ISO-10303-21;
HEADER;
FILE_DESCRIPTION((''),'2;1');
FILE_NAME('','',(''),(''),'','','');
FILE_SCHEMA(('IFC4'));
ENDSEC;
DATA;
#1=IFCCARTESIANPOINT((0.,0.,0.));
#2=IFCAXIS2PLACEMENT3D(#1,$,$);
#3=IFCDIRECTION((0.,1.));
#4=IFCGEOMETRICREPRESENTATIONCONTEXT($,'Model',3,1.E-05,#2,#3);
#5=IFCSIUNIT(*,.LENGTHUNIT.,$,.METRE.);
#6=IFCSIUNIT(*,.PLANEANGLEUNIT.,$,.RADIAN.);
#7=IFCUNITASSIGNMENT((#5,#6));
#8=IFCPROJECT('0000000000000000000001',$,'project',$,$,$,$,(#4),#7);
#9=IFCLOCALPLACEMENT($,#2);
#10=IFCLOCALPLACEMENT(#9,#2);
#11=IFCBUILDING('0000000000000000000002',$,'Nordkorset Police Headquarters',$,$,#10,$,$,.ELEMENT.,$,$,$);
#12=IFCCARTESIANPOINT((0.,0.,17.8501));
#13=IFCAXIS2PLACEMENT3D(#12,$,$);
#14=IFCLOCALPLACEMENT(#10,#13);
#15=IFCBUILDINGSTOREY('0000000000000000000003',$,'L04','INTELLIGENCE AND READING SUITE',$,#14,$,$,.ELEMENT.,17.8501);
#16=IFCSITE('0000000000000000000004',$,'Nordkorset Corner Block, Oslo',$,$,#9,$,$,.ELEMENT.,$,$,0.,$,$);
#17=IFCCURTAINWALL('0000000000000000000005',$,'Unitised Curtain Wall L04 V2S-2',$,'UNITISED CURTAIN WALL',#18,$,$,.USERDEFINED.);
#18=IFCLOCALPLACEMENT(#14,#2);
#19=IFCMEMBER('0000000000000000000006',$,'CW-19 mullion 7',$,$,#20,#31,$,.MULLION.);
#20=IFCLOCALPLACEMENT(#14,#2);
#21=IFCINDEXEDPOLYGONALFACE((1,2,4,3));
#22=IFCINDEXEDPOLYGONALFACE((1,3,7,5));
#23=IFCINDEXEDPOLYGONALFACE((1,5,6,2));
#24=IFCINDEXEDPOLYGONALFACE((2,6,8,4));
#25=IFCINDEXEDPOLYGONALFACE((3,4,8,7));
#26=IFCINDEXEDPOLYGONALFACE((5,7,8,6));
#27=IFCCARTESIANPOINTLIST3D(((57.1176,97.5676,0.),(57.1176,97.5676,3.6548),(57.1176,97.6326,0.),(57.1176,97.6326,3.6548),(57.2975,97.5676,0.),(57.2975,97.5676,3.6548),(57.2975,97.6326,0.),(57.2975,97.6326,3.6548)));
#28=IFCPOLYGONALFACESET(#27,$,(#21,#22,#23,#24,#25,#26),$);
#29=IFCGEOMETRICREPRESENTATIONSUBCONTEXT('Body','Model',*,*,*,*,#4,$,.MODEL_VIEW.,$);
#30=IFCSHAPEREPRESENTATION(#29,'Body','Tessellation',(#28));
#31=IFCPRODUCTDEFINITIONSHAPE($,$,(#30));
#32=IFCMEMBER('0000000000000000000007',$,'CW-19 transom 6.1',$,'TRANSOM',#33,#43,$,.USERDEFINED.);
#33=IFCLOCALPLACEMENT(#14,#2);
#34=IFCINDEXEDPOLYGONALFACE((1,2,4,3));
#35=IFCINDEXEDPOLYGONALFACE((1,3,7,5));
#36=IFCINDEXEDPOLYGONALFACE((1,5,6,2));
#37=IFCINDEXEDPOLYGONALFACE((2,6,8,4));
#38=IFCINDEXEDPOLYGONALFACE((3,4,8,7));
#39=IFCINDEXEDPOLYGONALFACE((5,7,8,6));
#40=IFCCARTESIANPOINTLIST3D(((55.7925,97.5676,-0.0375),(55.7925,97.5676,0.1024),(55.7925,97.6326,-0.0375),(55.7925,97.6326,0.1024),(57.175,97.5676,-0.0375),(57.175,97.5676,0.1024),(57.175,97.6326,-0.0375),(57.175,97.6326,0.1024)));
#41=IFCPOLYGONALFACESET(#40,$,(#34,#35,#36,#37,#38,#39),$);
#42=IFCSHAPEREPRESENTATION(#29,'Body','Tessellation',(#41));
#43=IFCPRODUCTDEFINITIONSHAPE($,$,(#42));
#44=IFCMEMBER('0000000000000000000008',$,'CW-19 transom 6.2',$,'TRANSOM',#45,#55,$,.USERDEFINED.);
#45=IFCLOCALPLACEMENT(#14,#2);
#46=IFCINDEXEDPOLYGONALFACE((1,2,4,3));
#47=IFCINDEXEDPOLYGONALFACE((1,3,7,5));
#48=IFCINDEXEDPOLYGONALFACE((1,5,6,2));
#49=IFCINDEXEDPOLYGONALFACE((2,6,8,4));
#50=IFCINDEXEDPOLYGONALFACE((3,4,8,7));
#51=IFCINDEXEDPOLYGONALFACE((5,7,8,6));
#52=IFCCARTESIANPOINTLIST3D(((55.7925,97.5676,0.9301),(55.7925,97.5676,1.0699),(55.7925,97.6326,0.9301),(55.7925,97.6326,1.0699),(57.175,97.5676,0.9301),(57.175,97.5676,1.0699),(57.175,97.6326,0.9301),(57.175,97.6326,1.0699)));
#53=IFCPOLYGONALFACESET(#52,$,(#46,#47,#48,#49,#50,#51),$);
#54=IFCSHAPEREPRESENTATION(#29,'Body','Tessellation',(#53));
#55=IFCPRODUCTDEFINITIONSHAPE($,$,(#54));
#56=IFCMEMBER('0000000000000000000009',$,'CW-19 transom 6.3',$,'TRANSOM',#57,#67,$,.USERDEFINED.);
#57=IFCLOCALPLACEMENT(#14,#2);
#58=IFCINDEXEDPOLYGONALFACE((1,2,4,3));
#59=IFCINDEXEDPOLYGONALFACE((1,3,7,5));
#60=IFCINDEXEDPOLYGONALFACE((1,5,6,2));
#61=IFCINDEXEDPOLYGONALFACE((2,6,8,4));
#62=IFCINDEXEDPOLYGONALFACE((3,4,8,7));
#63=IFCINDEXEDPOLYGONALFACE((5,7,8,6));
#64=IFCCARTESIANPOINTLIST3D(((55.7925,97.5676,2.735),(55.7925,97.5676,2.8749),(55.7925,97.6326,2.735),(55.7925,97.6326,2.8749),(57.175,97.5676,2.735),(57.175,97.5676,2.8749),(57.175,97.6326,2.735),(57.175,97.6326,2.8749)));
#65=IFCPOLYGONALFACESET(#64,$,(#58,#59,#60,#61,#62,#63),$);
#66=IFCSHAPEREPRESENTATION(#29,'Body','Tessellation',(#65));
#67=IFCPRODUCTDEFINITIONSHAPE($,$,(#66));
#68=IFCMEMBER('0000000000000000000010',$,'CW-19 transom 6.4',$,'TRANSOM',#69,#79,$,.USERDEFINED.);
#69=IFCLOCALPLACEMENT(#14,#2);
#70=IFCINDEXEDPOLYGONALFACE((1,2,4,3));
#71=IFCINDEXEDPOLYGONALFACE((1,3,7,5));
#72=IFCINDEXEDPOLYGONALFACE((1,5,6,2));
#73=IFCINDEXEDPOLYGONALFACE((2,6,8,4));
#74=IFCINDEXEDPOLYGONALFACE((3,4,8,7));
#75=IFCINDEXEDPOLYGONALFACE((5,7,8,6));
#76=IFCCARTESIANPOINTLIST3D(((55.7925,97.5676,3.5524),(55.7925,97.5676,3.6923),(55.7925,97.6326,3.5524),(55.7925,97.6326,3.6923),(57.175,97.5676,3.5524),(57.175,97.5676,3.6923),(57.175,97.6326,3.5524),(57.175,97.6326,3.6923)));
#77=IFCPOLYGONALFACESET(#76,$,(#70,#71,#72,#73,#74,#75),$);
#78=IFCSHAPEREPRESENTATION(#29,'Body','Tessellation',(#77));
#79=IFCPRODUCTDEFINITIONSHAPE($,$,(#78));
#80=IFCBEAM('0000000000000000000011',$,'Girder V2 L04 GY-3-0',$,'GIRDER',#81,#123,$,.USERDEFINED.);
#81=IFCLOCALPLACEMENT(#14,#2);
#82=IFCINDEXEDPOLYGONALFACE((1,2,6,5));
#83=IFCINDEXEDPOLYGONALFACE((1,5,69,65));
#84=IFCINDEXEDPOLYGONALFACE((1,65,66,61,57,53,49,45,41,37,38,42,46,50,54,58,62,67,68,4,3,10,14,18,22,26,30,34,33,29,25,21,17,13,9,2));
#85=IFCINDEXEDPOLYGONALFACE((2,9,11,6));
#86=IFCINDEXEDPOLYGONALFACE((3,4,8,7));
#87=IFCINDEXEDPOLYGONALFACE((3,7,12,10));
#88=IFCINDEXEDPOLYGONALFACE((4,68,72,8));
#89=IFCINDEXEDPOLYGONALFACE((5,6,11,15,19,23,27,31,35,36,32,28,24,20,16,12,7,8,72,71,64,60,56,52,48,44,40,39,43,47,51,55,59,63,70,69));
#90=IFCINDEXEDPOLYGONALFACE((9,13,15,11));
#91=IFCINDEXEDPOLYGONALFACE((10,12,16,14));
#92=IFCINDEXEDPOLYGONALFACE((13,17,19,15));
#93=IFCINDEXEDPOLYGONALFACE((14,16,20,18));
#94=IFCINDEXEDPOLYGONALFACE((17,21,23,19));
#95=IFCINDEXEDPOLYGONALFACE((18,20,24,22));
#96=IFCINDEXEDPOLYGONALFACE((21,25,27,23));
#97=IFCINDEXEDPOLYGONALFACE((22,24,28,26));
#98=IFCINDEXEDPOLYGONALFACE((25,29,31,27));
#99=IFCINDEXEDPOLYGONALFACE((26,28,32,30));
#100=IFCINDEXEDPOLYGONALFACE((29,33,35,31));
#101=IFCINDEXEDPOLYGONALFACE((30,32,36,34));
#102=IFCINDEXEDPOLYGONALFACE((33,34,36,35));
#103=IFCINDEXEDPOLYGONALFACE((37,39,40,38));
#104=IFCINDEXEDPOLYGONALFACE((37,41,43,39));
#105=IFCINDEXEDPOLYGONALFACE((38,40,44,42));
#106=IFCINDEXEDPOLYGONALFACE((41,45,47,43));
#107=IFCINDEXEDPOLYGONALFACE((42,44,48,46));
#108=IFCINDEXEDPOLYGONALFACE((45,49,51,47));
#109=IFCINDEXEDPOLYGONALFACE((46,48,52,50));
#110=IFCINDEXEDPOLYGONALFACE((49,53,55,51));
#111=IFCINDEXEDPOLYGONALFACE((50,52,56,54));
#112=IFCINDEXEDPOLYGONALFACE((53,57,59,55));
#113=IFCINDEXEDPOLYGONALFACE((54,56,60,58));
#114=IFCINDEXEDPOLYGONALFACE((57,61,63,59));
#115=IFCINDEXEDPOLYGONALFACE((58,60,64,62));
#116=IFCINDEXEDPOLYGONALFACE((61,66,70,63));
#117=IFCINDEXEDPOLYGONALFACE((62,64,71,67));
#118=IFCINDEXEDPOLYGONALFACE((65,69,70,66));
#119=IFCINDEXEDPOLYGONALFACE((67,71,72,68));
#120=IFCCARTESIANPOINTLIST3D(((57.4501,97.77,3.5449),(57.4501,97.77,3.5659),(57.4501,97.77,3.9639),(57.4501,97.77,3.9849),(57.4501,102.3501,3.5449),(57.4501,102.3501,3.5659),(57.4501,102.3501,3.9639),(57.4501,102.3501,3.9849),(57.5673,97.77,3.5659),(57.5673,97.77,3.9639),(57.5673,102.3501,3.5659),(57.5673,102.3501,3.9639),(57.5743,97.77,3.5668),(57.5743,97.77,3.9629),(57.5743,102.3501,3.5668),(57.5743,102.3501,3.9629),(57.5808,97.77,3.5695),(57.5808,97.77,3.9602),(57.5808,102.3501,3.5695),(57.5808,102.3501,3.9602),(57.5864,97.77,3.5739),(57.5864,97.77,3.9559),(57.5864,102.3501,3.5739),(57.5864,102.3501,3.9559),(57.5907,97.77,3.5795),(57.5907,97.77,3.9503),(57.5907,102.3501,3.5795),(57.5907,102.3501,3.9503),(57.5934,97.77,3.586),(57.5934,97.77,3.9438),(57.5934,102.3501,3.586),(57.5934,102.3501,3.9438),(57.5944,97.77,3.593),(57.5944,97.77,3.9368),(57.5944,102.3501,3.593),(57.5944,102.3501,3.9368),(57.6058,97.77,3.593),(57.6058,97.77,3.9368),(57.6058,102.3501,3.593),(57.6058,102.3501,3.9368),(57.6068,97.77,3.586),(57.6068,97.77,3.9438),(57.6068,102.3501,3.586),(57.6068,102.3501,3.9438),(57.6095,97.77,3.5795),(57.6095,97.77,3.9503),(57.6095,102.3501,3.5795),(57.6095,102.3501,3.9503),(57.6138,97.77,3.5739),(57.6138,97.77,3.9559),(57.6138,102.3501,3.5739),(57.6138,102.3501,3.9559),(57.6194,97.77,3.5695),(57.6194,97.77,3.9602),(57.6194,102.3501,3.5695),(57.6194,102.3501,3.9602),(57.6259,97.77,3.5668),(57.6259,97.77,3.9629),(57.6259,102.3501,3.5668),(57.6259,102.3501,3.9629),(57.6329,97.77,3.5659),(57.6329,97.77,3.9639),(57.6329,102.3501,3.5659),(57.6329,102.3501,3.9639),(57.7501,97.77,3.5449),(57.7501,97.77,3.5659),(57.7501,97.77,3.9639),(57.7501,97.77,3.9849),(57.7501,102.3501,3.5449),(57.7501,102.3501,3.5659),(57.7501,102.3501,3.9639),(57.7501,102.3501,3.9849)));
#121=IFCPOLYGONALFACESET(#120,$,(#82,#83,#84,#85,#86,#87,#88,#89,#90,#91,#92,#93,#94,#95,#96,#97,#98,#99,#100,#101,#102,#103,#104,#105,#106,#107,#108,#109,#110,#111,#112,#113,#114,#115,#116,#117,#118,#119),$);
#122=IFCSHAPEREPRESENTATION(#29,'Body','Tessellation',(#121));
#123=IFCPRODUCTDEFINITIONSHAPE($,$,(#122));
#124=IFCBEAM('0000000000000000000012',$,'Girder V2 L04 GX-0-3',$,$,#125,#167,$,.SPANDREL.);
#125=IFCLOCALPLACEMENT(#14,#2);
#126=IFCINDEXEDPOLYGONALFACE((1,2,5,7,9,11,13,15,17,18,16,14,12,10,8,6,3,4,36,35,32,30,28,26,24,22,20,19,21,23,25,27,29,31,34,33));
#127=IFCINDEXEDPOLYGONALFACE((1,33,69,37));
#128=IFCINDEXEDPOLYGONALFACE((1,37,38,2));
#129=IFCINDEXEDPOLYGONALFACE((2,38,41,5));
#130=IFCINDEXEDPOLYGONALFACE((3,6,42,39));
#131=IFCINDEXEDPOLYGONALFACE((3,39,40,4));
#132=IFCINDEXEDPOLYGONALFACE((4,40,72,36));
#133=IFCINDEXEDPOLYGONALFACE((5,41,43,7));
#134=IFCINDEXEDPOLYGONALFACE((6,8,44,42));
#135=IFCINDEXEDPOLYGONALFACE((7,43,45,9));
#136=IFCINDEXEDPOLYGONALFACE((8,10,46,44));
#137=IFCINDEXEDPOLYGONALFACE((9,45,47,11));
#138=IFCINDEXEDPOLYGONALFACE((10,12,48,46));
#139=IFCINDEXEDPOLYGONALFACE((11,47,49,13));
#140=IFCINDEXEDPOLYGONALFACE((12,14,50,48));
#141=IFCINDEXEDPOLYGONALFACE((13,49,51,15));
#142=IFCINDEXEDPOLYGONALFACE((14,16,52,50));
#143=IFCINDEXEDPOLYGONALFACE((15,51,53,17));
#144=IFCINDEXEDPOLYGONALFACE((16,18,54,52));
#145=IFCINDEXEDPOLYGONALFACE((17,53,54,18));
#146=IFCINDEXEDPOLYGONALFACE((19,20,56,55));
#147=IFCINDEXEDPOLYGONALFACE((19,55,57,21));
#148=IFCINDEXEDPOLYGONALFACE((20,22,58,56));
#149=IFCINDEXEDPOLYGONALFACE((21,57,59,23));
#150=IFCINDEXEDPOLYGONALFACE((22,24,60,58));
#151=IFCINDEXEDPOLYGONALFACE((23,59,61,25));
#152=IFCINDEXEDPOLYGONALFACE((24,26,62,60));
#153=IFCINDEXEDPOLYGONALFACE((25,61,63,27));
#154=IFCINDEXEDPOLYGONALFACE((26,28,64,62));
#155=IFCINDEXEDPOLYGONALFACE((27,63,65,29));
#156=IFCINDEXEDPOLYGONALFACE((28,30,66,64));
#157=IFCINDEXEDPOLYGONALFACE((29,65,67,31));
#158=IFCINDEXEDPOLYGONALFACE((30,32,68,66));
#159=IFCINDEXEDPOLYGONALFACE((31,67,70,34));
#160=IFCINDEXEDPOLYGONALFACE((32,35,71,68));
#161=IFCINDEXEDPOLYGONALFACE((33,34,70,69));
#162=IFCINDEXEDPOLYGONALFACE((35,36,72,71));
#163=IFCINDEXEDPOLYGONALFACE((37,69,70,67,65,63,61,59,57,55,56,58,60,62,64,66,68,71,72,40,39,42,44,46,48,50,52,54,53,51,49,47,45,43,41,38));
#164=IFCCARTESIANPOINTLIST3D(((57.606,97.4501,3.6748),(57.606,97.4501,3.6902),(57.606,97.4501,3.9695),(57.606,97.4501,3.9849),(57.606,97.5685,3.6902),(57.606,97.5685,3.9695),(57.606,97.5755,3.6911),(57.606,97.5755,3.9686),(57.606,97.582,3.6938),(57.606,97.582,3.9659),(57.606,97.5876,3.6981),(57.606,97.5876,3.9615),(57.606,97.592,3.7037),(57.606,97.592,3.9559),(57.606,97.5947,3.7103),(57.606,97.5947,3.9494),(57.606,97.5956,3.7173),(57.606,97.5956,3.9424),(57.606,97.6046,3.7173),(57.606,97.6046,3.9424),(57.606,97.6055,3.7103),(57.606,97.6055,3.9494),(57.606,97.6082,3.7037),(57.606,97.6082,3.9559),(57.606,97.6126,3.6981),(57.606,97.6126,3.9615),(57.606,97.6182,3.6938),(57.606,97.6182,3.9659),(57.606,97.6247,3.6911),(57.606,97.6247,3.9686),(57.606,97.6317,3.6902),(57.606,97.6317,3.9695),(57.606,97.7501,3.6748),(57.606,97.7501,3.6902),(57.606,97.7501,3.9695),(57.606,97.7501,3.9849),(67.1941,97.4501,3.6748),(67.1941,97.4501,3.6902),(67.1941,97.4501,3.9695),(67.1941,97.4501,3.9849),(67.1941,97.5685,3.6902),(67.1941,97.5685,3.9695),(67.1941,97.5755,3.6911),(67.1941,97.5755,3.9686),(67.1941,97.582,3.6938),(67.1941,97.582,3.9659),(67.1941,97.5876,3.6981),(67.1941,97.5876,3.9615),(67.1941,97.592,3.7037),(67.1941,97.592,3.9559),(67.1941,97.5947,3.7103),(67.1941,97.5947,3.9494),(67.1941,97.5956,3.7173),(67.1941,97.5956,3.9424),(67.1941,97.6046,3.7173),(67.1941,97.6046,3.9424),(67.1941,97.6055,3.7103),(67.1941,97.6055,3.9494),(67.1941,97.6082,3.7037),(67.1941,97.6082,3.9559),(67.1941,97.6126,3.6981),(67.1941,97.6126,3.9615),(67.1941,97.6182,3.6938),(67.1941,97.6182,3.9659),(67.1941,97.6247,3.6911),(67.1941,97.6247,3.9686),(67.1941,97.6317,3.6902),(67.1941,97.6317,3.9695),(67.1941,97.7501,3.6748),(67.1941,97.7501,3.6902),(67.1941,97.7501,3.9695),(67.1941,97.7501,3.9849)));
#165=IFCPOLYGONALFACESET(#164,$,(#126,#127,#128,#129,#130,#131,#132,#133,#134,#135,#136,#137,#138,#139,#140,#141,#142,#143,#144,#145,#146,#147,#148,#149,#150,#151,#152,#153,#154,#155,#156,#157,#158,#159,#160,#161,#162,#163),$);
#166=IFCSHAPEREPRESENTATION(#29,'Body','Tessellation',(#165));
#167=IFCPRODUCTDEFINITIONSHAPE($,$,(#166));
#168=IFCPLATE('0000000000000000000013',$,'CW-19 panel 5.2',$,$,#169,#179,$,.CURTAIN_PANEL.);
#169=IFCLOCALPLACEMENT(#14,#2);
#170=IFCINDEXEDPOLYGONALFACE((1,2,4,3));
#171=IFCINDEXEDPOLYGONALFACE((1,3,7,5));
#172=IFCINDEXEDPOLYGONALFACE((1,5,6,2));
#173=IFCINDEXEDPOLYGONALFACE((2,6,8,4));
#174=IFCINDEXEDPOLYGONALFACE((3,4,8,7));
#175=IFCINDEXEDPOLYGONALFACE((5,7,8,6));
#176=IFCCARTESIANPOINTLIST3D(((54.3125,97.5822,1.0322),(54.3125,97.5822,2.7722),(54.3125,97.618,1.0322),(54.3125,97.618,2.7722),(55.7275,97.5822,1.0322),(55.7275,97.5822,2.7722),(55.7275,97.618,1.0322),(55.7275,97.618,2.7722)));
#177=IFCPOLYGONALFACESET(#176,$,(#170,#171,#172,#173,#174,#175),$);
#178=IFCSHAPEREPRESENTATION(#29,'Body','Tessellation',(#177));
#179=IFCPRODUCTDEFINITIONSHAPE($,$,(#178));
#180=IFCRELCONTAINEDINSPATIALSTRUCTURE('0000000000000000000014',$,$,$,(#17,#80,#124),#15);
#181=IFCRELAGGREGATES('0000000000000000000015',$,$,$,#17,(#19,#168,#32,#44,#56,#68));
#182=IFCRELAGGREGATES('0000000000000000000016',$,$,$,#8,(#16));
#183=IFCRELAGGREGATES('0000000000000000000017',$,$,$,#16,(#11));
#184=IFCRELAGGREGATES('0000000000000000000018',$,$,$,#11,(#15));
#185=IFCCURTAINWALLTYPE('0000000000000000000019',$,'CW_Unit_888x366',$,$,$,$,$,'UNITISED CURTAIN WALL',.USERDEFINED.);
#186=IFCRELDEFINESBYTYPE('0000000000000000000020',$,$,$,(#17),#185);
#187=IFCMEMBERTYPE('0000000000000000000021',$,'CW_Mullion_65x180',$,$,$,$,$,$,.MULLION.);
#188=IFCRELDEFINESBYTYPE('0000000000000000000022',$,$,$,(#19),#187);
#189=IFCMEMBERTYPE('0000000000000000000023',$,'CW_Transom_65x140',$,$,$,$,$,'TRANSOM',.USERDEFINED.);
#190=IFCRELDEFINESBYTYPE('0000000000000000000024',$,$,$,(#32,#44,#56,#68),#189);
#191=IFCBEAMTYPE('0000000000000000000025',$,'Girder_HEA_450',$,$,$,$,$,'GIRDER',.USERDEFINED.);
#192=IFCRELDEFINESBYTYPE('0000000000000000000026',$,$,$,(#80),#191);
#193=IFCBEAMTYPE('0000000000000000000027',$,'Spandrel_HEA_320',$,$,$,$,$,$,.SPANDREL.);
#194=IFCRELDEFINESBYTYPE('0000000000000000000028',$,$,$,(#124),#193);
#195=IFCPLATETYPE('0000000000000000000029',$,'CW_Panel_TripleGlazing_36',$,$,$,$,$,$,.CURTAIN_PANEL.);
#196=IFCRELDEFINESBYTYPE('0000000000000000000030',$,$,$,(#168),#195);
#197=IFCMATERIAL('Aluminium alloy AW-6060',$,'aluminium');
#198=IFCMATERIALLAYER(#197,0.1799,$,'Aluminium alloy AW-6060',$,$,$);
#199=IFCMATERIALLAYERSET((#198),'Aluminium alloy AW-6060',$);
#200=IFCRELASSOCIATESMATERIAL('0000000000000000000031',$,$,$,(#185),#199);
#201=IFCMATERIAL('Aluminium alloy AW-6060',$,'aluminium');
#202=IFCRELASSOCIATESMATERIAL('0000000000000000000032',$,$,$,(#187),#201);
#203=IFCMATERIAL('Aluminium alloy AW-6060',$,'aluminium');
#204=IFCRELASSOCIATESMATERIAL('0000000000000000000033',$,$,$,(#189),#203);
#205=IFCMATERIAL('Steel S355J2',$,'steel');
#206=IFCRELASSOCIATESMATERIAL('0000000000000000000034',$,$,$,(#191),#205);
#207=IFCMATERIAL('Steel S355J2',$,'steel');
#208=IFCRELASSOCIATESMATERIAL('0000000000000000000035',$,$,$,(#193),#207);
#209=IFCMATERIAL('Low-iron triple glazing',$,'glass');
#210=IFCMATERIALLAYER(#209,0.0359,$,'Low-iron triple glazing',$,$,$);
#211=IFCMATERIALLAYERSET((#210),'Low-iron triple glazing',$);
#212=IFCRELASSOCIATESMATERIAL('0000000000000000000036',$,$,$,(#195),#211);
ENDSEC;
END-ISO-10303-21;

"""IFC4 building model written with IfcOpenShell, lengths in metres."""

from ifc_helpers import new_model, si_unit, direction, frame, origin, origin_2d, place, context, subcontext, project, spatial, rectangle, i_section, extrude, material, layer, layer_set, material_profile, profile_set, type_object, element, aggregate, save


model = new_model("IFC4")

# Units and contexts
model_context = context("Model", 3, precision=1e-05, world=origin(), true_north=direction((0.0, 1.0)))
body_context = subcontext(model_context, "Body", "Model", "MODEL_VIEW")
ifc_project = project(units=[si_unit("LENGTHUNIT", "METRE"), si_unit("PLANEANGLEUNIT", "RADIAN")], contexts=[model_context])

# Site, building, storey
site_placement = place(None, origin())
site = spatial("IfcSite", under=ifc_project, at=site_placement, Name="Nordkorset Corner Block, Oslo", CompositionType="ELEMENT", RefElevation=0.0)
building_placement = place(site_placement, origin())
building = spatial("IfcBuilding", under=site, at=building_placement, Name="Nordkorset Police Headquarters", CompositionType="ELEMENT")
storey_placement = place(building_placement, frame((0.0, 0.0, 17.8501)))
storey = spatial("IfcBuildingStorey", under=building, at=storey_placement, Name="L04", Description="INTELLIGENCE AND READING SUITE", CompositionType="ELEMENT", Elevation=17.8501)

# Curtain wall, members
ifc_material_1 = material(Name="Aluminium alloy AW-6060", Category="aluminium")
ifc_layer_1 = layer(ifc_material_1, 0.1799, Name="Aluminium alloy AW-6060")
ifc_layer_set_1 = layer_set([ifc_layer_1], Name="Aluminium alloy AW-6060")
curtain_wall_type = type_object("IfcCurtainWallType", Name="CW_Unit_888x366", ElementType="UNITISED CURTAIN WALL", PredefinedType="USERDEFINED", material=ifc_layer_set_1)
curtain_wall_placement = place(storey_placement, origin())
curtain_wall = element("IfcCurtainWall", 1, at=curtain_wall_placement, inside=storey, type_object=curtain_wall_type, Name="Unitised Curtain Wall L04 V2S-2", ObjectType="UNITISED CURTAIN WALL", PredefinedType="USERDEFINED")
ifc_material_2 = material(Name="Aluminium alloy AW-6060", Category="aluminium")
ifc_material_profile_1 = material_profile(ifc_material_2, rectangle(XDim=0.0649, YDim=0.1799, at=origin_2d()), Name="ALU MULL 65x180")
ifc_profile_set_1 = profile_set([ifc_material_profile_1], Name="Aluminium alloy AW-6060")
member_type_1 = type_object("IfcMemberType", Name="CW_Mullion_65x180", PredefinedType="MULLION", material=ifc_profile_set_1)
member_1_placement = place(storey_placement, frame((57.2075, 97.6001, 0.0), z_axis=(0.0, 0.0, 1.0), x_axis=(0.0, 1.0, 0.0)))
member_1 = element("IfcMember", 2, at=member_1_placement, type_object=member_type_1, Name="CW-19 mullion 7", PredefinedType="MULLION", context=body_context, shape_type="SweptSolid", body=[
    extrude(rectangle(XDim=0.0649, YDim=0.1799, at=origin_2d()), origin(), (0.0, 0.0, 1.0), 3.6548),
])
ifc_material_3 = material(Name="Aluminium alloy AW-6060", Category="aluminium")
ifc_material_profile_2 = material_profile(ifc_material_3, rectangle(XDim=0.0649, YDim=0.1399, at=origin_2d()), Name="ALU TRAN 65x140")
ifc_profile_set_2 = profile_set([ifc_material_profile_2], Name="Aluminium alloy AW-6060")
member_type_2 = type_object("IfcMemberType", Name="CW_Transom_65x140", ElementType="TRANSOM", PredefinedType="USERDEFINED", material=ifc_profile_set_2)
member_2_placement = place(storey_placement, frame((55.7925, 97.6001, 0.0325), z_axis=(1.0, 0.0, 0.0), x_axis=(0.0, 1.0, 0.0)))
member_2 = element("IfcMember", 3, at=member_2_placement, type_object=member_type_2, Name="CW-19 transom 6.1", ObjectType="TRANSOM", PredefinedType="USERDEFINED", context=body_context, shape_type="SweptSolid", body=[
    extrude(rectangle(XDim=0.0649, YDim=0.1399, at=origin_2d()), origin(), (0.0, 0.0, 1.0), 1.3826),
])
member_3_placement = place(storey_placement, frame((55.7925, 97.6001, 1.0), z_axis=(1.0, 0.0, 0.0), x_axis=(0.0, 1.0, 0.0)))
member_3 = element("IfcMember", 4, at=member_3_placement, type_object=member_type_2, Name="CW-19 transom 6.2", ObjectType="TRANSOM", PredefinedType="USERDEFINED", context=body_context, shape_type="SweptSolid", body=[
    extrude(rectangle(XDim=0.0649, YDim=0.1399, at=origin_2d()), origin(), (0.0, 0.0, 1.0), 1.3826),
])
member_4_placement = place(storey_placement, frame((55.7925, 97.6001, 2.8049), z_axis=(1.0, 0.0, 0.0), x_axis=(0.0, 1.0, 0.0)))
member_4 = element("IfcMember", 5, at=member_4_placement, type_object=member_type_2, Name="CW-19 transom 6.3", ObjectType="TRANSOM", PredefinedType="USERDEFINED", context=body_context, shape_type="SweptSolid", body=[
    extrude(rectangle(XDim=0.0649, YDim=0.1399, at=origin_2d()), origin(), (0.0, 0.0, 1.0), 1.3826),
])
member_5_placement = place(storey_placement, frame((55.7925, 97.6001, 3.6223), z_axis=(1.0, 0.0, 0.0), x_axis=(0.0, 1.0, 0.0)))
member_5 = element("IfcMember", 6, at=member_5_placement, type_object=member_type_2, Name="CW-19 transom 6.4", ObjectType="TRANSOM", PredefinedType="USERDEFINED", context=body_context, shape_type="SweptSolid", body=[
    extrude(rectangle(XDim=0.0649, YDim=0.1399, at=origin_2d()), origin(), (0.0, 0.0, 1.0), 1.3826),
])

# Beams
ifc_material_4 = material(Name="Steel S355J2", Category="steel")
ifc_material_profile_3 = material_profile(ifc_material_4, i_section(OverallWidth=0.3, OverallDepth=0.4399, WebThickness=0.0115, FlangeThickness=0.021, FilletRadius=0.0271, at=origin_2d()), Name="HEA 450")
ifc_profile_set_3 = profile_set([ifc_material_profile_3], Name="Steel S355J2")
beam_type_1 = type_object("IfcBeamType", Name="Girder_HEA_450", ElementType="GIRDER", PredefinedType="USERDEFINED", material=ifc_profile_set_3)
beam_1_placement = place(storey_placement, frame((57.6001, 97.77, 3.7649), z_axis=(0.0, 1.0, 0.0), x_axis=(-1.0, 0.0, 0.0)))
element("IfcBeam", 7, at=beam_1_placement, inside=storey, type_object=beam_type_1, Name="Girder V2 L04 GY-3-0", ObjectType="GIRDER", PredefinedType="USERDEFINED", context=body_context, shape_type="SweptSolid", body=[
    extrude(i_section(OverallWidth=0.3, OverallDepth=0.4399, WebThickness=0.0115, FlangeThickness=0.021, FilletRadius=0.0271, at=origin_2d()), origin(), (0.0, 0.0, 1.0), 4.5801),
])
ifc_material_5 = material(Name="Steel S355J2", Category="steel")
ifc_material_profile_4 = material_profile(ifc_material_5, i_section(OverallWidth=0.3, OverallDepth=0.3101, WebThickness=0.009, FlangeThickness=0.0154, FilletRadius=0.0271, at=origin_2d()), Name="HEA 320")
ifc_profile_set_4 = profile_set([ifc_material_profile_4], Name="Steel S355J2")
beam_type_2 = type_object("IfcBeamType", Name="Spandrel_HEA_320", PredefinedType="SPANDREL", material=ifc_profile_set_4)
beam_2_placement = place(storey_placement, frame((57.606, 97.6001, 3.8298), z_axis=(1.0, 0.0, 0.0), x_axis=(0.0, 1.0, 0.0)))
element("IfcBeam", 8, at=beam_2_placement, inside=storey, type_object=beam_type_2, Name="Girder V2 L04 GX-0-3", PredefinedType="SPANDREL", context=body_context, shape_type="SweptSolid", body=[
    extrude(i_section(OverallWidth=0.3, OverallDepth=0.3101, WebThickness=0.009, FlangeThickness=0.0154, FilletRadius=0.0271, at=origin_2d()), origin(), (0.0, 0.0, 1.0), 9.5881),
])

# Plate
ifc_material_6 = material(Name="Low-iron triple glazing", Category="glass")
ifc_layer_2 = layer(ifc_material_6, 0.0359, Name="Low-iron triple glazing")
ifc_layer_set_2 = layer_set([ifc_layer_2], Name="Low-iron triple glazing")
plate_type_1 = type_object("IfcPlateType", Name="CW_Panel_TripleGlazing_36", PredefinedType="CURTAIN_PANEL", material=ifc_layer_set_2)
plate_1_placement = place(storey_placement, frame((55.02, 97.6001, 1.0322), z_axis=(0.0, 0.0, 1.0), x_axis=(1.0, 0.0, 0.0)))
plate_1 = element("IfcPlate", 9, at=plate_1_placement, type_object=plate_type_1, Name="CW-19 panel 5.2", PredefinedType="CURTAIN_PANEL", context=body_context, shape_type="SweptSolid", body=[
    extrude(rectangle(XDim=1.415, YDim=0.0359, at=origin_2d()), origin(), (0.0, 0.0, 1.0), 1.74),
])
aggregate(curtain_wall, [member_1, plate_1, member_2, member_3, member_4, member_5])

save(model, "model.ifc")
